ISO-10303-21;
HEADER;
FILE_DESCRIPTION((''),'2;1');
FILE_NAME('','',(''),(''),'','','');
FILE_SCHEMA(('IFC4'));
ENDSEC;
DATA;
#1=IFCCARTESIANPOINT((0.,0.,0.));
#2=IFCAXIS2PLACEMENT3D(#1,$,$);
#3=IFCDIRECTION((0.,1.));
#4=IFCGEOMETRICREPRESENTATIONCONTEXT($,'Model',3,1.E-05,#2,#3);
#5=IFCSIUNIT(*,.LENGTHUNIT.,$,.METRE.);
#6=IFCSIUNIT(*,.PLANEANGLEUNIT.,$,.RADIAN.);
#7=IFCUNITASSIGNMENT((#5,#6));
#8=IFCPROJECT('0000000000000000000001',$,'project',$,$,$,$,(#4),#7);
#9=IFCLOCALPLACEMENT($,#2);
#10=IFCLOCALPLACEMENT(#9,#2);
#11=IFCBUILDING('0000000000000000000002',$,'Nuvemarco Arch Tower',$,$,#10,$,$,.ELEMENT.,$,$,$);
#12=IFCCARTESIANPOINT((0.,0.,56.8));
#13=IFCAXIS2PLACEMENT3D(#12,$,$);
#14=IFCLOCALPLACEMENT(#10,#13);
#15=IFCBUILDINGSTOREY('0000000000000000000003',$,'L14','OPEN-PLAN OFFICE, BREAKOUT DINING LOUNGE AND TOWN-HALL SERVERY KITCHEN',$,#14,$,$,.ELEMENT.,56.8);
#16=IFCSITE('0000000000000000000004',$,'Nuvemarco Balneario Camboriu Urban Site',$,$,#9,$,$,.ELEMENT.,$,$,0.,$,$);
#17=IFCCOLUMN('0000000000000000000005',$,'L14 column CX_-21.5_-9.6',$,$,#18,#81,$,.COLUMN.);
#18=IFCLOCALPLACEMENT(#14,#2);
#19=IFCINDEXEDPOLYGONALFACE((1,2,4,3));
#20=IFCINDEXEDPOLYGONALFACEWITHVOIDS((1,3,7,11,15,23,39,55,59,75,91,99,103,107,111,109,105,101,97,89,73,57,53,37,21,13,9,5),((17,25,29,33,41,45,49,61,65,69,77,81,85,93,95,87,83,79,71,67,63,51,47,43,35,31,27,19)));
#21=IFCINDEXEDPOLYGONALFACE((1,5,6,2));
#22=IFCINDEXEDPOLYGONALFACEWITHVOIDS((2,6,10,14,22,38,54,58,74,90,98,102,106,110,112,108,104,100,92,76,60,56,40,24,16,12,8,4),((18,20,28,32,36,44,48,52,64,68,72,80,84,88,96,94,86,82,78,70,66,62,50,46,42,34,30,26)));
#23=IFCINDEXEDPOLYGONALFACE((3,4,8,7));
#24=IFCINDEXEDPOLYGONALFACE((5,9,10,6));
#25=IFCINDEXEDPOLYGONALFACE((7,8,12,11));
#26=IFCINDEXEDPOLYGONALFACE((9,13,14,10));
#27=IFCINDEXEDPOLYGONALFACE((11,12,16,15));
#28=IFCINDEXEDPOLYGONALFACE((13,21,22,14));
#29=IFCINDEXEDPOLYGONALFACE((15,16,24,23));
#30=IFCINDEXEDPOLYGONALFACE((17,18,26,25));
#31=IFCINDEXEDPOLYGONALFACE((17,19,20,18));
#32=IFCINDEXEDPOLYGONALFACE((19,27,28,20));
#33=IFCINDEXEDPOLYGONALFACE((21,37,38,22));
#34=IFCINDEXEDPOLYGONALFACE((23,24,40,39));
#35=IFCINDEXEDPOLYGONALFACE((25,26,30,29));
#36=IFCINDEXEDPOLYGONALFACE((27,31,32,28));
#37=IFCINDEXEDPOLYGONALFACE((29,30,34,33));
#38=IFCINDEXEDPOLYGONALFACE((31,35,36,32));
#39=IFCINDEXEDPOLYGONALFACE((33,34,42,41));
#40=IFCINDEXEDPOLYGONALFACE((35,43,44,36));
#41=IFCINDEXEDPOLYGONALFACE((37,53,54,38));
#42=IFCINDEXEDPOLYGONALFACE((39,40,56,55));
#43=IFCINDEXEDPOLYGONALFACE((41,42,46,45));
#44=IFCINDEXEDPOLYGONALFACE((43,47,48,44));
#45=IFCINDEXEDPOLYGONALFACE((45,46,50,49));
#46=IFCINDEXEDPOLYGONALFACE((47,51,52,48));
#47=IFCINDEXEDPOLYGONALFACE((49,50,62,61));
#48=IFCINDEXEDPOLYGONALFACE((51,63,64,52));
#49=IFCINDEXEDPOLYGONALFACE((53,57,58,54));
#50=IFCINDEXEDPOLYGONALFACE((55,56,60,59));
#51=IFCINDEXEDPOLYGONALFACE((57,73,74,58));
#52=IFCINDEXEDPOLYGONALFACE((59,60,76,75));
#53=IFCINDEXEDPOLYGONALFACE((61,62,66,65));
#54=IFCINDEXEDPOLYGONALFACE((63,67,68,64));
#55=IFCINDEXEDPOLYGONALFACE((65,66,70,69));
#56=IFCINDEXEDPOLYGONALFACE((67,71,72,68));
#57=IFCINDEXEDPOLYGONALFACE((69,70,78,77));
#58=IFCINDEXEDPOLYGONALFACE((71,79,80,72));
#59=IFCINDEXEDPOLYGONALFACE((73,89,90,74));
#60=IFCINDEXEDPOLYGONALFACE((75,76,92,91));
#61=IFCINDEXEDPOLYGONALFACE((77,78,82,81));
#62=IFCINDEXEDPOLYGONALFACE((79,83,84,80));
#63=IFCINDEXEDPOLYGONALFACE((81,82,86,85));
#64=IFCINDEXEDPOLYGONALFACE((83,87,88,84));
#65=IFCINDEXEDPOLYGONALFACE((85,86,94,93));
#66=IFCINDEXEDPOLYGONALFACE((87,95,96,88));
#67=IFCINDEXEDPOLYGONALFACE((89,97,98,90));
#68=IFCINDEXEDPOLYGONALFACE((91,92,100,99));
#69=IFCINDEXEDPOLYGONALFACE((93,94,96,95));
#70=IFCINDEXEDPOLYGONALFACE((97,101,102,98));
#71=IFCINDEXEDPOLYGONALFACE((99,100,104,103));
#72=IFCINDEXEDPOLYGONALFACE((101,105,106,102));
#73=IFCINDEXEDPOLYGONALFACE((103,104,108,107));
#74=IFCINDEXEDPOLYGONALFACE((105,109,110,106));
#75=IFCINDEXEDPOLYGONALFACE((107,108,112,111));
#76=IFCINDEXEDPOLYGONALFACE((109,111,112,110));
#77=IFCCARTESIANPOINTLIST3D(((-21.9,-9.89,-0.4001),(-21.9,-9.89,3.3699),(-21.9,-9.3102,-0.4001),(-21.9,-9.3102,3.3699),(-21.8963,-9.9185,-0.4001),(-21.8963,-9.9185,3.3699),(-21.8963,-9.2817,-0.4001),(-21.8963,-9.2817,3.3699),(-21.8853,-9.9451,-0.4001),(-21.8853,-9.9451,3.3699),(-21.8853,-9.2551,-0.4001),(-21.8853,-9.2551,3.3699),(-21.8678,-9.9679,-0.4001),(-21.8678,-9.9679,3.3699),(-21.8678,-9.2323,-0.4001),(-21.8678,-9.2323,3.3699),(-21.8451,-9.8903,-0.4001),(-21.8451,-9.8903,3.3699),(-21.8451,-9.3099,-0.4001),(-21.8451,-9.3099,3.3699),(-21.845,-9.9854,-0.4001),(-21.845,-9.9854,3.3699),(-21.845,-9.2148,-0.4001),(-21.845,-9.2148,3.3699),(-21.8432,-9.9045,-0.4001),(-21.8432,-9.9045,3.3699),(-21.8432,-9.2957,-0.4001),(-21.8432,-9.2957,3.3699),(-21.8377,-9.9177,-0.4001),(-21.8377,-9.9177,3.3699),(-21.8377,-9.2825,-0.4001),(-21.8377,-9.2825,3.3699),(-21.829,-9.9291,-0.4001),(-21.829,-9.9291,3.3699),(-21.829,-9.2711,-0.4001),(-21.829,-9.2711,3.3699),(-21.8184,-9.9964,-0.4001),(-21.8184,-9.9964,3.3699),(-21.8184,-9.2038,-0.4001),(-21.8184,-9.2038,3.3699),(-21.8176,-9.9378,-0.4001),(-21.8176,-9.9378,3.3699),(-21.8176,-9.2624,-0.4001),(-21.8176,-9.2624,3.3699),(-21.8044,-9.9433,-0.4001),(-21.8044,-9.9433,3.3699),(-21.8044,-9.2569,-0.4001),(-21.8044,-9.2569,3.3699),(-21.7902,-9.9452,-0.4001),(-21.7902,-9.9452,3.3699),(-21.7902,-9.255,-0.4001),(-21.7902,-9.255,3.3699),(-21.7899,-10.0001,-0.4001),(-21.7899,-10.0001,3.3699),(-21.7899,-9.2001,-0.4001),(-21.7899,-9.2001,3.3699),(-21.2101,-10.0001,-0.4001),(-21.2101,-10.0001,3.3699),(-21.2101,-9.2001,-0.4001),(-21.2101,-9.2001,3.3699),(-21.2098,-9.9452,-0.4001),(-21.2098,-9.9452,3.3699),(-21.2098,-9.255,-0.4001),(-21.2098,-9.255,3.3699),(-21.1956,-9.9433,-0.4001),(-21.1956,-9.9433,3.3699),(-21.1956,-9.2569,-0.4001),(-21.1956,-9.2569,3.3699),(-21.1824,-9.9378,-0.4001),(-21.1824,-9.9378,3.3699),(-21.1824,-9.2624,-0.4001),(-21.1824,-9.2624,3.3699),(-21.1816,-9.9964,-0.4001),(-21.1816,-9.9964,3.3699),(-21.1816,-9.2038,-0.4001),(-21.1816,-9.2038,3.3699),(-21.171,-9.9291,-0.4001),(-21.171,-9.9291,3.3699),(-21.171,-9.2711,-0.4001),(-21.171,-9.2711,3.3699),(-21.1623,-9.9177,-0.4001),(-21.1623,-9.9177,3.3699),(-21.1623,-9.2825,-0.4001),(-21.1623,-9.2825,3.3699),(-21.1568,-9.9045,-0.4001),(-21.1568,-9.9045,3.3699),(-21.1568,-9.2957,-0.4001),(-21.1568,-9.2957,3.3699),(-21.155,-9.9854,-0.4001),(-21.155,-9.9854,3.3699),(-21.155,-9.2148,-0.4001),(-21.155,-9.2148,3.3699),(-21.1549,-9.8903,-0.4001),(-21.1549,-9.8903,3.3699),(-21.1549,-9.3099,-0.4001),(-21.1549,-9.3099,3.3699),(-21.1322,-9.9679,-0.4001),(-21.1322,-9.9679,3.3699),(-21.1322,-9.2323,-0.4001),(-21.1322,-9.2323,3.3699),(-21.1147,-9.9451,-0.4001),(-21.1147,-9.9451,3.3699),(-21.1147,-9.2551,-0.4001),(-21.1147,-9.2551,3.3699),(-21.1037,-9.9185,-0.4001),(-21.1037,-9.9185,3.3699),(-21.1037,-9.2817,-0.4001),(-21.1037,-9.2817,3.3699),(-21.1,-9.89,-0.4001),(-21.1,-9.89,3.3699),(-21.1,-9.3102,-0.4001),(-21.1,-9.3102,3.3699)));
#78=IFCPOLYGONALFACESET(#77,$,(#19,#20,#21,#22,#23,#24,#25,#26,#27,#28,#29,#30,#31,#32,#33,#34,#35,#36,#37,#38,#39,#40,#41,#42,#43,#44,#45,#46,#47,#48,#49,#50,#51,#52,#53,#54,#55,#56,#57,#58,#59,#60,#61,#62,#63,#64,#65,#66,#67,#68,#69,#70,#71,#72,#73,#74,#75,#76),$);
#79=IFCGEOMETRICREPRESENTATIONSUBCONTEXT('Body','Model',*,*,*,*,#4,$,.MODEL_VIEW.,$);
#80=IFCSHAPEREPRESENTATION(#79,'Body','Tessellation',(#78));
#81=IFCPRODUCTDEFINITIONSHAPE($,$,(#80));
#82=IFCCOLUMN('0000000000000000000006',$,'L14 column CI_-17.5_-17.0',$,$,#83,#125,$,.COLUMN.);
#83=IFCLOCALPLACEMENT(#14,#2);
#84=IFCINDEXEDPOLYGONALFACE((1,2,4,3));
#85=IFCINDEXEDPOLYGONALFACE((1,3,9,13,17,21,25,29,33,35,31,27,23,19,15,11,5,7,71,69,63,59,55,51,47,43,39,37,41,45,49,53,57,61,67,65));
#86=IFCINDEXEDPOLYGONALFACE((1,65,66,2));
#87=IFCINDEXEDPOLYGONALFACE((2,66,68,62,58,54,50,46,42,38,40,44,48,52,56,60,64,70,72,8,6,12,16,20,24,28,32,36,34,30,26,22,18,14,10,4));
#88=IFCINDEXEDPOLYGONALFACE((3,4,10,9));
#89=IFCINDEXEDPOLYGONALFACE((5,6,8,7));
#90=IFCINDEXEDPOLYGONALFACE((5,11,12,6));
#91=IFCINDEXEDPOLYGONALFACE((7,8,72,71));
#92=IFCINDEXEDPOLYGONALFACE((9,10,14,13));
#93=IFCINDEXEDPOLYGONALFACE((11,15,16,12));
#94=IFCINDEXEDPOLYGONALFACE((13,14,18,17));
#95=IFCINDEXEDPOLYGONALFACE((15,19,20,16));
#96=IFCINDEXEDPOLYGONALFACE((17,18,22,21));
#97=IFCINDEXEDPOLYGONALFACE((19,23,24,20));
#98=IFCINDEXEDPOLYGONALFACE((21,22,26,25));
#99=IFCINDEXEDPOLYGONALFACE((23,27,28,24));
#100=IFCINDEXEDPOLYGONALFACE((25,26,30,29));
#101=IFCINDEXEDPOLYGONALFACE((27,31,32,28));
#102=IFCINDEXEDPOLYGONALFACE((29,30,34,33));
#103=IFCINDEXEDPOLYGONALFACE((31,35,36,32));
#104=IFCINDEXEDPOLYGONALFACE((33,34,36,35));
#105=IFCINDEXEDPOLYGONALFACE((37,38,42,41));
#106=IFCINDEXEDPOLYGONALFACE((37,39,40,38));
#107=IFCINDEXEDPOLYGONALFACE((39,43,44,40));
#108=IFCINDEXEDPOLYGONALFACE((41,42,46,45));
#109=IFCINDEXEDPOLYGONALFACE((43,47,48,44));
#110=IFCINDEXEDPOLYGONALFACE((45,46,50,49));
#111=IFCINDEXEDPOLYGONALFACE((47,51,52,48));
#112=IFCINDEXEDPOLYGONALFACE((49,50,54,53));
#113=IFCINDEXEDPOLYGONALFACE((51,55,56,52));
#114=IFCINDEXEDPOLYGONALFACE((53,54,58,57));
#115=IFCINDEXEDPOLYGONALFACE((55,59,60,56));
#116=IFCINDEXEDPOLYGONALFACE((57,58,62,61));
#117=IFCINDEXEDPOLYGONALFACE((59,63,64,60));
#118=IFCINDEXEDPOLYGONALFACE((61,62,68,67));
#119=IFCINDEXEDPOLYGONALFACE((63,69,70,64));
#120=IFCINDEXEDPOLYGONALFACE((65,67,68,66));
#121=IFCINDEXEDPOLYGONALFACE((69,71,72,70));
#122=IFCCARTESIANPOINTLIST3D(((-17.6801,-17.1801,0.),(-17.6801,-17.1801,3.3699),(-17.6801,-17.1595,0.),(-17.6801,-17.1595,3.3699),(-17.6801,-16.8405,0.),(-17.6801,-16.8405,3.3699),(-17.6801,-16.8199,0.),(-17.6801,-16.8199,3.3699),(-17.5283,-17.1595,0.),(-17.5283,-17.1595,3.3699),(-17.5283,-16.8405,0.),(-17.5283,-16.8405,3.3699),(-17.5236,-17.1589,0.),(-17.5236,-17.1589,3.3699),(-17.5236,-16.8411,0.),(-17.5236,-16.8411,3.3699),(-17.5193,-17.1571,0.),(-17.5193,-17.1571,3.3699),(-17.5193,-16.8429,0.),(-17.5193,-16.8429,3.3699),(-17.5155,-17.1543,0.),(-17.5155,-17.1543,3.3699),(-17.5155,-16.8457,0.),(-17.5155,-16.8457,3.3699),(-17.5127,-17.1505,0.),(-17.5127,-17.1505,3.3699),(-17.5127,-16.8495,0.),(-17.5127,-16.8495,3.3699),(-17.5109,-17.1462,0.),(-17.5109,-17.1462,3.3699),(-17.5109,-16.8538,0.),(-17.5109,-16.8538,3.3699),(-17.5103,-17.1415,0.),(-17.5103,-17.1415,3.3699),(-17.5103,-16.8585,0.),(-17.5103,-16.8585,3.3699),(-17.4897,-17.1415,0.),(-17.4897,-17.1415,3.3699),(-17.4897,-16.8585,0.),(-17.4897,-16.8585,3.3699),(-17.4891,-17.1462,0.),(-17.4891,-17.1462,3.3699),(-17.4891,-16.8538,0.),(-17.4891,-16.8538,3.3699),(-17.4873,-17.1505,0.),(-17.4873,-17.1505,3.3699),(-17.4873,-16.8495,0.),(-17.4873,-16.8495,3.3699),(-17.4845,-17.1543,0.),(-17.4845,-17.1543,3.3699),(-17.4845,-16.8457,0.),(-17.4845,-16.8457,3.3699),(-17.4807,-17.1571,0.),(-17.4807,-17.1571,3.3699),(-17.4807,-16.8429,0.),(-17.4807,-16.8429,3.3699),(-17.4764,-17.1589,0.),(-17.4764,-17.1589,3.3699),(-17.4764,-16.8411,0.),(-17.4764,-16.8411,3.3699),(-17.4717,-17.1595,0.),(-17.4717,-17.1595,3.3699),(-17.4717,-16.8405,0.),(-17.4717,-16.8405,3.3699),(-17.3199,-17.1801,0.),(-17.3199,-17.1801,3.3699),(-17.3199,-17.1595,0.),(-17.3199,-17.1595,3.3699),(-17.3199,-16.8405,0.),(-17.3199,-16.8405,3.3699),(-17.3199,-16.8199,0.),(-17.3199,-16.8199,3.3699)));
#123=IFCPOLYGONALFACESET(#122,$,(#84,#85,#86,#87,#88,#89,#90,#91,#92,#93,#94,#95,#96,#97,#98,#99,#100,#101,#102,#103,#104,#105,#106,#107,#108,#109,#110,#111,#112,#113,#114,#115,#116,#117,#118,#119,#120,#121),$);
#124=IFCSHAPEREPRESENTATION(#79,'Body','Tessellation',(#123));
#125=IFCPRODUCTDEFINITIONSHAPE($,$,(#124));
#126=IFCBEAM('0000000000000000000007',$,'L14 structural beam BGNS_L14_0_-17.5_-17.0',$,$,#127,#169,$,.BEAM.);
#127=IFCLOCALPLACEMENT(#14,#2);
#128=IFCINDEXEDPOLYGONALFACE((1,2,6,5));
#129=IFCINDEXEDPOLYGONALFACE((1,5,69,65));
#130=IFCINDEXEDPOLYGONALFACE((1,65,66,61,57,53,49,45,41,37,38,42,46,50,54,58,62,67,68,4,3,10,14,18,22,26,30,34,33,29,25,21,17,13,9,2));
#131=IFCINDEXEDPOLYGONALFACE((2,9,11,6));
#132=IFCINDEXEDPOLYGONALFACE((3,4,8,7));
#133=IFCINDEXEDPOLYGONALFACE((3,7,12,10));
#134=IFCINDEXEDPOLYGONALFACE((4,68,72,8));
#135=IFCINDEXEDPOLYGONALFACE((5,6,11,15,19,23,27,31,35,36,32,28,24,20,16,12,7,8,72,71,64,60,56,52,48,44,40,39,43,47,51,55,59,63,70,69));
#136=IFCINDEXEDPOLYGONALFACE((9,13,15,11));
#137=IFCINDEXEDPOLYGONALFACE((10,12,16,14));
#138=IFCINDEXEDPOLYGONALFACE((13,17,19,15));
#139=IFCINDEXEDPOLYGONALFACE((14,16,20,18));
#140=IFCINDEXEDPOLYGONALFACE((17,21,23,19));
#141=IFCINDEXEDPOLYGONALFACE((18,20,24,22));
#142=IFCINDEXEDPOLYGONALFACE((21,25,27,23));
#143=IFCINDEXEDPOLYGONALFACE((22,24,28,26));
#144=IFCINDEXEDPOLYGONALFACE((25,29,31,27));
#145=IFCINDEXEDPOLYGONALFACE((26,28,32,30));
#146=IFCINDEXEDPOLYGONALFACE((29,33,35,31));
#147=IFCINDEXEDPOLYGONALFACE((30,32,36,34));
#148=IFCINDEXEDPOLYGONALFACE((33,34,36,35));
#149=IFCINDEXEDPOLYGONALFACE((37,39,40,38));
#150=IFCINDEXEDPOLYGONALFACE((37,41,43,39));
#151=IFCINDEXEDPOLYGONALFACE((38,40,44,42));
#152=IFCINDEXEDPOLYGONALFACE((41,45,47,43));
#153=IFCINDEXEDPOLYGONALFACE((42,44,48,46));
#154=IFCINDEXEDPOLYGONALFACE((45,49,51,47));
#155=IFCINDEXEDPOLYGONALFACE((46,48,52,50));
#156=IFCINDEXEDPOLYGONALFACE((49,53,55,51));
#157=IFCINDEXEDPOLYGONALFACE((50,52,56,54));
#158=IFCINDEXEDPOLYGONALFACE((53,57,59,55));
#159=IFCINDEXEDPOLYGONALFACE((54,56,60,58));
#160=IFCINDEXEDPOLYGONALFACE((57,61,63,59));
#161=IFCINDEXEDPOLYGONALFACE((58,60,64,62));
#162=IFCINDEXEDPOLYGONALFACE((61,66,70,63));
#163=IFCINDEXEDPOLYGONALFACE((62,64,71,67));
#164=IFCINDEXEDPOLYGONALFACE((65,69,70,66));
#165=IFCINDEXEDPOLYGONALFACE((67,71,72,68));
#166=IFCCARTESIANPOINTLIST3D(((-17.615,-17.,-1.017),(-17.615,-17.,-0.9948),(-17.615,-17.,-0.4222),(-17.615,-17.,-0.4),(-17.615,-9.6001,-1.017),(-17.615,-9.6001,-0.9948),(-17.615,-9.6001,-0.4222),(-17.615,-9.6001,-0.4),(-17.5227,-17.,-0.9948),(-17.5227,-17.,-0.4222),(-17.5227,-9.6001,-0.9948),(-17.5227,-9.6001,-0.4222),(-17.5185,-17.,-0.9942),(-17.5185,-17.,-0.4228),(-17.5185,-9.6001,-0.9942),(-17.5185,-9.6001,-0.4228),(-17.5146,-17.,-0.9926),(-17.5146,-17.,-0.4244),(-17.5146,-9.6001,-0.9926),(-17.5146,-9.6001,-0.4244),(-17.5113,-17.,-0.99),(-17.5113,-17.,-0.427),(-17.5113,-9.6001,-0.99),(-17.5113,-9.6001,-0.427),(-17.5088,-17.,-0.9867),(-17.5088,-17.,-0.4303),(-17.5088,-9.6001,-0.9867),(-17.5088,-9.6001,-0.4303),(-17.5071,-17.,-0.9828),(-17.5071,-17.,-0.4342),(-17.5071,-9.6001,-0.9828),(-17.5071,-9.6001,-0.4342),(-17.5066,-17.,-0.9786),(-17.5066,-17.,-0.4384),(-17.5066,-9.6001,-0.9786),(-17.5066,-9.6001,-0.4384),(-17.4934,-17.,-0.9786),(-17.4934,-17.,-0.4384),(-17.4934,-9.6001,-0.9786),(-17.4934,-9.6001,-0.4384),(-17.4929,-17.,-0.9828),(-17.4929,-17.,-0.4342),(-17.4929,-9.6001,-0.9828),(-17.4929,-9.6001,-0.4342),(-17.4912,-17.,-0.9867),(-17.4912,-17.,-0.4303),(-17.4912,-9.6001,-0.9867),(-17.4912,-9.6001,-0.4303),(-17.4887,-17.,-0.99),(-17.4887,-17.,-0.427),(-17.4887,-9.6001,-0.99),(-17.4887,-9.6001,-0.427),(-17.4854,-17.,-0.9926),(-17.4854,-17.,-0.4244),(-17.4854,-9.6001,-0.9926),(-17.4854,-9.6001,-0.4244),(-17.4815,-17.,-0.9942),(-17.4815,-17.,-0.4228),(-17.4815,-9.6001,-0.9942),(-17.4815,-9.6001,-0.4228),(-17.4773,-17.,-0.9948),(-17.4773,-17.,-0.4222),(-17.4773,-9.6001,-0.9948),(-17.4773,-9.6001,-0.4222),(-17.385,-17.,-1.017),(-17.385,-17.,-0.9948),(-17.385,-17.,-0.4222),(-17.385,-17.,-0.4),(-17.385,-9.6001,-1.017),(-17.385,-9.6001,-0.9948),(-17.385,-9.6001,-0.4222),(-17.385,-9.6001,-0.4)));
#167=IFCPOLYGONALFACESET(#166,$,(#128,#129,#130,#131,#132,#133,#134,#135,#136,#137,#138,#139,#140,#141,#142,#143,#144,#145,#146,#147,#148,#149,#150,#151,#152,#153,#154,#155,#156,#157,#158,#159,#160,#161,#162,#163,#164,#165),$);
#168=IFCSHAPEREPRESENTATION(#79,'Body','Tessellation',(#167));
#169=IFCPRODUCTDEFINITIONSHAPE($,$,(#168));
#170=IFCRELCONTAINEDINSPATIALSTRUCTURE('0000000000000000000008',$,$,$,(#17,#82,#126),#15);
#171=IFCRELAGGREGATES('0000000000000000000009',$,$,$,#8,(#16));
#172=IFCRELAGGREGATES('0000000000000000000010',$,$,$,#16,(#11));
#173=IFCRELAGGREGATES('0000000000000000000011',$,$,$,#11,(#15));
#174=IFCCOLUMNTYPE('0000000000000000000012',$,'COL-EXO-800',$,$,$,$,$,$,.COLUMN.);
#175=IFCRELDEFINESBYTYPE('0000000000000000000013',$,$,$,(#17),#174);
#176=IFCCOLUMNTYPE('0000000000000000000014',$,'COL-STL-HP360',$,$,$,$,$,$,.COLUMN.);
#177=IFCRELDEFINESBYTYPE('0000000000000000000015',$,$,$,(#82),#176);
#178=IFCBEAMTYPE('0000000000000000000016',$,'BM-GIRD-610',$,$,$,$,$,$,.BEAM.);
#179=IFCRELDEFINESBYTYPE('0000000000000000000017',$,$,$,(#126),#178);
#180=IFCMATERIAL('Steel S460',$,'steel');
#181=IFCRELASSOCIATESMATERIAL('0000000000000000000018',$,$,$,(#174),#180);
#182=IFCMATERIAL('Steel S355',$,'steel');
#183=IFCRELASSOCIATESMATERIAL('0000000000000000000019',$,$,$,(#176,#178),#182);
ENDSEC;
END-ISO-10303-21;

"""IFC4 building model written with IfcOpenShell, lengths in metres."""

from ifc_helpers import new_model, si_unit, direction, frame, origin, origin_2d, place, context, subcontext, project, spatial, hollow_rectangle, i_section, extrude, material, material_profile, profile_set, type_object, element, save


model = new_model("IFC4")

# Units and contexts
model_context = context("Model", 3, precision=1e-05, world=origin(), true_north=direction((0.0, 1.0)))
body_context = subcontext(model_context, "Body", "Model", "MODEL_VIEW")
ifc_project = project(units=[si_unit("LENGTHUNIT", "METRE"), si_unit("PLANEANGLEUNIT", "RADIAN")], contexts=[model_context])

# Site, building, storey
site_placement = place(None, origin())
site = spatial("IfcSite", under=ifc_project, at=site_placement, Name="Nuvemarco Balneario Camboriu Urban Site", CompositionType="ELEMENT", RefElevation=0.0)
building_placement = place(site_placement, origin())
building = spatial("IfcBuilding", under=site, at=building_placement, Name="Nuvemarco Arch Tower", CompositionType="ELEMENT")
storey_placement = place(building_placement, frame((0.0, 0.0, 56.8)))
storey = spatial("IfcBuildingStorey", under=building, at=storey_placement, Name="L14", Description="OPEN-PLAN OFFICE, BREAKOUT DINING LOUNGE AND TOWN-HALL SERVERY KITCHEN", CompositionType="ELEMENT", Elevation=56.8)

# Columns
ifc_material_1 = material(Name="Steel S460", Category="steel")
ifc_material_profile_1 = material_profile(ifc_material_1, hollow_rectangle(XDim=0.8, YDim=0.8, WallThickness=0.0549, InnerFilletRadius=0.0549, OuterFilletRadius=0.1101, at=origin_2d()), Name="SHS800x800x55")
ifc_profile_set_1 = profile_set([ifc_material_profile_1], Name="Steel S460")
column_type_1 = type_object("IfcColumnType", Name="COL-EXO-800", PredefinedType="COLUMN", material=ifc_profile_set_1)
column_1_placement = place(storey_placement, frame((-21.5, -9.6001, -0.4001), z_axis=(0.0, 0.0, 1.0), x_axis=(1.0, 0.0, 0.0)))
element("IfcColumn", 1, at=column_1_placement, inside=storey, type_object=column_type_1, Name="L14 column CX_-21.5_-9.6", PredefinedType="COLUMN", context=body_context, shape_type="SweptSolid", body=[
    extrude(hollow_rectangle(XDim=0.8, YDim=0.8, WallThickness=0.0549, InnerFilletRadius=0.0549, OuterFilletRadius=0.1101, at=origin_2d()), origin(), (0.0, 0.0, 1.0), 3.77),
])
ifc_material_2 = material(Name="Steel S355", Category="steel")
ifc_material_profile_2 = material_profile(ifc_material_2, i_section(OverallWidth=0.3601, OverallDepth=0.3601, WebThickness=0.0205, FlangeThickness=0.0205, FilletRadius=0.0181, at=origin_2d()), Name="HP360x174")
ifc_profile_set_2 = profile_set([ifc_material_profile_2], Name="Steel S355")
column_type_2 = type_object("IfcColumnType", Name="COL-STL-HP360", PredefinedType="COLUMN", material=ifc_profile_set_2)
column_2_placement = place(storey_placement, frame((-17.5, -17.0, 0.0), z_axis=(0.0, 0.0, 1.0), x_axis=(1.0, 0.0, 0.0)))
element("IfcColumn", 2, at=column_2_placement, inside=storey, type_object=column_type_2, Name="L14 column CI_-17.5_-17.0", PredefinedType="COLUMN", context=body_context, shape_type="SweptSolid", body=[
    extrude(i_section(OverallWidth=0.3601, OverallDepth=0.3601, WebThickness=0.0205, FlangeThickness=0.0205, FilletRadius=0.0181, at=origin_2d()), origin(), (0.0, 0.0, 1.0), 3.3699),
])

# Beam
ifc_material_profile_3 = material_profile(ifc_material_2, i_section(OverallWidth=0.23, OverallDepth=0.6169, WebThickness=0.0132, FlangeThickness=0.0222, FilletRadius=0.0161, at=origin_2d()), Name="W610x140")
ifc_profile_set_3 = profile_set([ifc_material_profile_3], Name="Steel S355")
beam_type_1 = type_object("IfcBeamType", Name="BM-GIRD-610", PredefinedType="BEAM", material=ifc_profile_set_3)
beam_1_placement = place(storey_placement, frame((-17.5, -17.0, -0.7085), z_axis=(0.0, 1.0, 0.0), x_axis=(-1.0, 0.0, 0.0)))
element("IfcBeam", 3, at=beam_1_placement, inside=storey, type_object=beam_type_1, Name="L14 structural beam BGNS_L14_0_-17.5_-17.0", PredefinedType="BEAM", context=body_context, shape_type="SweptSolid", body=[
    extrude(i_section(OverallWidth=0.23, OverallDepth=0.6169, WebThickness=0.0132, FlangeThickness=0.0222, FilletRadius=0.0161, at=origin_2d()), origin(), (0.0, 0.0, 1.0), 7.3999),
])

save(model, "model.ifc")
